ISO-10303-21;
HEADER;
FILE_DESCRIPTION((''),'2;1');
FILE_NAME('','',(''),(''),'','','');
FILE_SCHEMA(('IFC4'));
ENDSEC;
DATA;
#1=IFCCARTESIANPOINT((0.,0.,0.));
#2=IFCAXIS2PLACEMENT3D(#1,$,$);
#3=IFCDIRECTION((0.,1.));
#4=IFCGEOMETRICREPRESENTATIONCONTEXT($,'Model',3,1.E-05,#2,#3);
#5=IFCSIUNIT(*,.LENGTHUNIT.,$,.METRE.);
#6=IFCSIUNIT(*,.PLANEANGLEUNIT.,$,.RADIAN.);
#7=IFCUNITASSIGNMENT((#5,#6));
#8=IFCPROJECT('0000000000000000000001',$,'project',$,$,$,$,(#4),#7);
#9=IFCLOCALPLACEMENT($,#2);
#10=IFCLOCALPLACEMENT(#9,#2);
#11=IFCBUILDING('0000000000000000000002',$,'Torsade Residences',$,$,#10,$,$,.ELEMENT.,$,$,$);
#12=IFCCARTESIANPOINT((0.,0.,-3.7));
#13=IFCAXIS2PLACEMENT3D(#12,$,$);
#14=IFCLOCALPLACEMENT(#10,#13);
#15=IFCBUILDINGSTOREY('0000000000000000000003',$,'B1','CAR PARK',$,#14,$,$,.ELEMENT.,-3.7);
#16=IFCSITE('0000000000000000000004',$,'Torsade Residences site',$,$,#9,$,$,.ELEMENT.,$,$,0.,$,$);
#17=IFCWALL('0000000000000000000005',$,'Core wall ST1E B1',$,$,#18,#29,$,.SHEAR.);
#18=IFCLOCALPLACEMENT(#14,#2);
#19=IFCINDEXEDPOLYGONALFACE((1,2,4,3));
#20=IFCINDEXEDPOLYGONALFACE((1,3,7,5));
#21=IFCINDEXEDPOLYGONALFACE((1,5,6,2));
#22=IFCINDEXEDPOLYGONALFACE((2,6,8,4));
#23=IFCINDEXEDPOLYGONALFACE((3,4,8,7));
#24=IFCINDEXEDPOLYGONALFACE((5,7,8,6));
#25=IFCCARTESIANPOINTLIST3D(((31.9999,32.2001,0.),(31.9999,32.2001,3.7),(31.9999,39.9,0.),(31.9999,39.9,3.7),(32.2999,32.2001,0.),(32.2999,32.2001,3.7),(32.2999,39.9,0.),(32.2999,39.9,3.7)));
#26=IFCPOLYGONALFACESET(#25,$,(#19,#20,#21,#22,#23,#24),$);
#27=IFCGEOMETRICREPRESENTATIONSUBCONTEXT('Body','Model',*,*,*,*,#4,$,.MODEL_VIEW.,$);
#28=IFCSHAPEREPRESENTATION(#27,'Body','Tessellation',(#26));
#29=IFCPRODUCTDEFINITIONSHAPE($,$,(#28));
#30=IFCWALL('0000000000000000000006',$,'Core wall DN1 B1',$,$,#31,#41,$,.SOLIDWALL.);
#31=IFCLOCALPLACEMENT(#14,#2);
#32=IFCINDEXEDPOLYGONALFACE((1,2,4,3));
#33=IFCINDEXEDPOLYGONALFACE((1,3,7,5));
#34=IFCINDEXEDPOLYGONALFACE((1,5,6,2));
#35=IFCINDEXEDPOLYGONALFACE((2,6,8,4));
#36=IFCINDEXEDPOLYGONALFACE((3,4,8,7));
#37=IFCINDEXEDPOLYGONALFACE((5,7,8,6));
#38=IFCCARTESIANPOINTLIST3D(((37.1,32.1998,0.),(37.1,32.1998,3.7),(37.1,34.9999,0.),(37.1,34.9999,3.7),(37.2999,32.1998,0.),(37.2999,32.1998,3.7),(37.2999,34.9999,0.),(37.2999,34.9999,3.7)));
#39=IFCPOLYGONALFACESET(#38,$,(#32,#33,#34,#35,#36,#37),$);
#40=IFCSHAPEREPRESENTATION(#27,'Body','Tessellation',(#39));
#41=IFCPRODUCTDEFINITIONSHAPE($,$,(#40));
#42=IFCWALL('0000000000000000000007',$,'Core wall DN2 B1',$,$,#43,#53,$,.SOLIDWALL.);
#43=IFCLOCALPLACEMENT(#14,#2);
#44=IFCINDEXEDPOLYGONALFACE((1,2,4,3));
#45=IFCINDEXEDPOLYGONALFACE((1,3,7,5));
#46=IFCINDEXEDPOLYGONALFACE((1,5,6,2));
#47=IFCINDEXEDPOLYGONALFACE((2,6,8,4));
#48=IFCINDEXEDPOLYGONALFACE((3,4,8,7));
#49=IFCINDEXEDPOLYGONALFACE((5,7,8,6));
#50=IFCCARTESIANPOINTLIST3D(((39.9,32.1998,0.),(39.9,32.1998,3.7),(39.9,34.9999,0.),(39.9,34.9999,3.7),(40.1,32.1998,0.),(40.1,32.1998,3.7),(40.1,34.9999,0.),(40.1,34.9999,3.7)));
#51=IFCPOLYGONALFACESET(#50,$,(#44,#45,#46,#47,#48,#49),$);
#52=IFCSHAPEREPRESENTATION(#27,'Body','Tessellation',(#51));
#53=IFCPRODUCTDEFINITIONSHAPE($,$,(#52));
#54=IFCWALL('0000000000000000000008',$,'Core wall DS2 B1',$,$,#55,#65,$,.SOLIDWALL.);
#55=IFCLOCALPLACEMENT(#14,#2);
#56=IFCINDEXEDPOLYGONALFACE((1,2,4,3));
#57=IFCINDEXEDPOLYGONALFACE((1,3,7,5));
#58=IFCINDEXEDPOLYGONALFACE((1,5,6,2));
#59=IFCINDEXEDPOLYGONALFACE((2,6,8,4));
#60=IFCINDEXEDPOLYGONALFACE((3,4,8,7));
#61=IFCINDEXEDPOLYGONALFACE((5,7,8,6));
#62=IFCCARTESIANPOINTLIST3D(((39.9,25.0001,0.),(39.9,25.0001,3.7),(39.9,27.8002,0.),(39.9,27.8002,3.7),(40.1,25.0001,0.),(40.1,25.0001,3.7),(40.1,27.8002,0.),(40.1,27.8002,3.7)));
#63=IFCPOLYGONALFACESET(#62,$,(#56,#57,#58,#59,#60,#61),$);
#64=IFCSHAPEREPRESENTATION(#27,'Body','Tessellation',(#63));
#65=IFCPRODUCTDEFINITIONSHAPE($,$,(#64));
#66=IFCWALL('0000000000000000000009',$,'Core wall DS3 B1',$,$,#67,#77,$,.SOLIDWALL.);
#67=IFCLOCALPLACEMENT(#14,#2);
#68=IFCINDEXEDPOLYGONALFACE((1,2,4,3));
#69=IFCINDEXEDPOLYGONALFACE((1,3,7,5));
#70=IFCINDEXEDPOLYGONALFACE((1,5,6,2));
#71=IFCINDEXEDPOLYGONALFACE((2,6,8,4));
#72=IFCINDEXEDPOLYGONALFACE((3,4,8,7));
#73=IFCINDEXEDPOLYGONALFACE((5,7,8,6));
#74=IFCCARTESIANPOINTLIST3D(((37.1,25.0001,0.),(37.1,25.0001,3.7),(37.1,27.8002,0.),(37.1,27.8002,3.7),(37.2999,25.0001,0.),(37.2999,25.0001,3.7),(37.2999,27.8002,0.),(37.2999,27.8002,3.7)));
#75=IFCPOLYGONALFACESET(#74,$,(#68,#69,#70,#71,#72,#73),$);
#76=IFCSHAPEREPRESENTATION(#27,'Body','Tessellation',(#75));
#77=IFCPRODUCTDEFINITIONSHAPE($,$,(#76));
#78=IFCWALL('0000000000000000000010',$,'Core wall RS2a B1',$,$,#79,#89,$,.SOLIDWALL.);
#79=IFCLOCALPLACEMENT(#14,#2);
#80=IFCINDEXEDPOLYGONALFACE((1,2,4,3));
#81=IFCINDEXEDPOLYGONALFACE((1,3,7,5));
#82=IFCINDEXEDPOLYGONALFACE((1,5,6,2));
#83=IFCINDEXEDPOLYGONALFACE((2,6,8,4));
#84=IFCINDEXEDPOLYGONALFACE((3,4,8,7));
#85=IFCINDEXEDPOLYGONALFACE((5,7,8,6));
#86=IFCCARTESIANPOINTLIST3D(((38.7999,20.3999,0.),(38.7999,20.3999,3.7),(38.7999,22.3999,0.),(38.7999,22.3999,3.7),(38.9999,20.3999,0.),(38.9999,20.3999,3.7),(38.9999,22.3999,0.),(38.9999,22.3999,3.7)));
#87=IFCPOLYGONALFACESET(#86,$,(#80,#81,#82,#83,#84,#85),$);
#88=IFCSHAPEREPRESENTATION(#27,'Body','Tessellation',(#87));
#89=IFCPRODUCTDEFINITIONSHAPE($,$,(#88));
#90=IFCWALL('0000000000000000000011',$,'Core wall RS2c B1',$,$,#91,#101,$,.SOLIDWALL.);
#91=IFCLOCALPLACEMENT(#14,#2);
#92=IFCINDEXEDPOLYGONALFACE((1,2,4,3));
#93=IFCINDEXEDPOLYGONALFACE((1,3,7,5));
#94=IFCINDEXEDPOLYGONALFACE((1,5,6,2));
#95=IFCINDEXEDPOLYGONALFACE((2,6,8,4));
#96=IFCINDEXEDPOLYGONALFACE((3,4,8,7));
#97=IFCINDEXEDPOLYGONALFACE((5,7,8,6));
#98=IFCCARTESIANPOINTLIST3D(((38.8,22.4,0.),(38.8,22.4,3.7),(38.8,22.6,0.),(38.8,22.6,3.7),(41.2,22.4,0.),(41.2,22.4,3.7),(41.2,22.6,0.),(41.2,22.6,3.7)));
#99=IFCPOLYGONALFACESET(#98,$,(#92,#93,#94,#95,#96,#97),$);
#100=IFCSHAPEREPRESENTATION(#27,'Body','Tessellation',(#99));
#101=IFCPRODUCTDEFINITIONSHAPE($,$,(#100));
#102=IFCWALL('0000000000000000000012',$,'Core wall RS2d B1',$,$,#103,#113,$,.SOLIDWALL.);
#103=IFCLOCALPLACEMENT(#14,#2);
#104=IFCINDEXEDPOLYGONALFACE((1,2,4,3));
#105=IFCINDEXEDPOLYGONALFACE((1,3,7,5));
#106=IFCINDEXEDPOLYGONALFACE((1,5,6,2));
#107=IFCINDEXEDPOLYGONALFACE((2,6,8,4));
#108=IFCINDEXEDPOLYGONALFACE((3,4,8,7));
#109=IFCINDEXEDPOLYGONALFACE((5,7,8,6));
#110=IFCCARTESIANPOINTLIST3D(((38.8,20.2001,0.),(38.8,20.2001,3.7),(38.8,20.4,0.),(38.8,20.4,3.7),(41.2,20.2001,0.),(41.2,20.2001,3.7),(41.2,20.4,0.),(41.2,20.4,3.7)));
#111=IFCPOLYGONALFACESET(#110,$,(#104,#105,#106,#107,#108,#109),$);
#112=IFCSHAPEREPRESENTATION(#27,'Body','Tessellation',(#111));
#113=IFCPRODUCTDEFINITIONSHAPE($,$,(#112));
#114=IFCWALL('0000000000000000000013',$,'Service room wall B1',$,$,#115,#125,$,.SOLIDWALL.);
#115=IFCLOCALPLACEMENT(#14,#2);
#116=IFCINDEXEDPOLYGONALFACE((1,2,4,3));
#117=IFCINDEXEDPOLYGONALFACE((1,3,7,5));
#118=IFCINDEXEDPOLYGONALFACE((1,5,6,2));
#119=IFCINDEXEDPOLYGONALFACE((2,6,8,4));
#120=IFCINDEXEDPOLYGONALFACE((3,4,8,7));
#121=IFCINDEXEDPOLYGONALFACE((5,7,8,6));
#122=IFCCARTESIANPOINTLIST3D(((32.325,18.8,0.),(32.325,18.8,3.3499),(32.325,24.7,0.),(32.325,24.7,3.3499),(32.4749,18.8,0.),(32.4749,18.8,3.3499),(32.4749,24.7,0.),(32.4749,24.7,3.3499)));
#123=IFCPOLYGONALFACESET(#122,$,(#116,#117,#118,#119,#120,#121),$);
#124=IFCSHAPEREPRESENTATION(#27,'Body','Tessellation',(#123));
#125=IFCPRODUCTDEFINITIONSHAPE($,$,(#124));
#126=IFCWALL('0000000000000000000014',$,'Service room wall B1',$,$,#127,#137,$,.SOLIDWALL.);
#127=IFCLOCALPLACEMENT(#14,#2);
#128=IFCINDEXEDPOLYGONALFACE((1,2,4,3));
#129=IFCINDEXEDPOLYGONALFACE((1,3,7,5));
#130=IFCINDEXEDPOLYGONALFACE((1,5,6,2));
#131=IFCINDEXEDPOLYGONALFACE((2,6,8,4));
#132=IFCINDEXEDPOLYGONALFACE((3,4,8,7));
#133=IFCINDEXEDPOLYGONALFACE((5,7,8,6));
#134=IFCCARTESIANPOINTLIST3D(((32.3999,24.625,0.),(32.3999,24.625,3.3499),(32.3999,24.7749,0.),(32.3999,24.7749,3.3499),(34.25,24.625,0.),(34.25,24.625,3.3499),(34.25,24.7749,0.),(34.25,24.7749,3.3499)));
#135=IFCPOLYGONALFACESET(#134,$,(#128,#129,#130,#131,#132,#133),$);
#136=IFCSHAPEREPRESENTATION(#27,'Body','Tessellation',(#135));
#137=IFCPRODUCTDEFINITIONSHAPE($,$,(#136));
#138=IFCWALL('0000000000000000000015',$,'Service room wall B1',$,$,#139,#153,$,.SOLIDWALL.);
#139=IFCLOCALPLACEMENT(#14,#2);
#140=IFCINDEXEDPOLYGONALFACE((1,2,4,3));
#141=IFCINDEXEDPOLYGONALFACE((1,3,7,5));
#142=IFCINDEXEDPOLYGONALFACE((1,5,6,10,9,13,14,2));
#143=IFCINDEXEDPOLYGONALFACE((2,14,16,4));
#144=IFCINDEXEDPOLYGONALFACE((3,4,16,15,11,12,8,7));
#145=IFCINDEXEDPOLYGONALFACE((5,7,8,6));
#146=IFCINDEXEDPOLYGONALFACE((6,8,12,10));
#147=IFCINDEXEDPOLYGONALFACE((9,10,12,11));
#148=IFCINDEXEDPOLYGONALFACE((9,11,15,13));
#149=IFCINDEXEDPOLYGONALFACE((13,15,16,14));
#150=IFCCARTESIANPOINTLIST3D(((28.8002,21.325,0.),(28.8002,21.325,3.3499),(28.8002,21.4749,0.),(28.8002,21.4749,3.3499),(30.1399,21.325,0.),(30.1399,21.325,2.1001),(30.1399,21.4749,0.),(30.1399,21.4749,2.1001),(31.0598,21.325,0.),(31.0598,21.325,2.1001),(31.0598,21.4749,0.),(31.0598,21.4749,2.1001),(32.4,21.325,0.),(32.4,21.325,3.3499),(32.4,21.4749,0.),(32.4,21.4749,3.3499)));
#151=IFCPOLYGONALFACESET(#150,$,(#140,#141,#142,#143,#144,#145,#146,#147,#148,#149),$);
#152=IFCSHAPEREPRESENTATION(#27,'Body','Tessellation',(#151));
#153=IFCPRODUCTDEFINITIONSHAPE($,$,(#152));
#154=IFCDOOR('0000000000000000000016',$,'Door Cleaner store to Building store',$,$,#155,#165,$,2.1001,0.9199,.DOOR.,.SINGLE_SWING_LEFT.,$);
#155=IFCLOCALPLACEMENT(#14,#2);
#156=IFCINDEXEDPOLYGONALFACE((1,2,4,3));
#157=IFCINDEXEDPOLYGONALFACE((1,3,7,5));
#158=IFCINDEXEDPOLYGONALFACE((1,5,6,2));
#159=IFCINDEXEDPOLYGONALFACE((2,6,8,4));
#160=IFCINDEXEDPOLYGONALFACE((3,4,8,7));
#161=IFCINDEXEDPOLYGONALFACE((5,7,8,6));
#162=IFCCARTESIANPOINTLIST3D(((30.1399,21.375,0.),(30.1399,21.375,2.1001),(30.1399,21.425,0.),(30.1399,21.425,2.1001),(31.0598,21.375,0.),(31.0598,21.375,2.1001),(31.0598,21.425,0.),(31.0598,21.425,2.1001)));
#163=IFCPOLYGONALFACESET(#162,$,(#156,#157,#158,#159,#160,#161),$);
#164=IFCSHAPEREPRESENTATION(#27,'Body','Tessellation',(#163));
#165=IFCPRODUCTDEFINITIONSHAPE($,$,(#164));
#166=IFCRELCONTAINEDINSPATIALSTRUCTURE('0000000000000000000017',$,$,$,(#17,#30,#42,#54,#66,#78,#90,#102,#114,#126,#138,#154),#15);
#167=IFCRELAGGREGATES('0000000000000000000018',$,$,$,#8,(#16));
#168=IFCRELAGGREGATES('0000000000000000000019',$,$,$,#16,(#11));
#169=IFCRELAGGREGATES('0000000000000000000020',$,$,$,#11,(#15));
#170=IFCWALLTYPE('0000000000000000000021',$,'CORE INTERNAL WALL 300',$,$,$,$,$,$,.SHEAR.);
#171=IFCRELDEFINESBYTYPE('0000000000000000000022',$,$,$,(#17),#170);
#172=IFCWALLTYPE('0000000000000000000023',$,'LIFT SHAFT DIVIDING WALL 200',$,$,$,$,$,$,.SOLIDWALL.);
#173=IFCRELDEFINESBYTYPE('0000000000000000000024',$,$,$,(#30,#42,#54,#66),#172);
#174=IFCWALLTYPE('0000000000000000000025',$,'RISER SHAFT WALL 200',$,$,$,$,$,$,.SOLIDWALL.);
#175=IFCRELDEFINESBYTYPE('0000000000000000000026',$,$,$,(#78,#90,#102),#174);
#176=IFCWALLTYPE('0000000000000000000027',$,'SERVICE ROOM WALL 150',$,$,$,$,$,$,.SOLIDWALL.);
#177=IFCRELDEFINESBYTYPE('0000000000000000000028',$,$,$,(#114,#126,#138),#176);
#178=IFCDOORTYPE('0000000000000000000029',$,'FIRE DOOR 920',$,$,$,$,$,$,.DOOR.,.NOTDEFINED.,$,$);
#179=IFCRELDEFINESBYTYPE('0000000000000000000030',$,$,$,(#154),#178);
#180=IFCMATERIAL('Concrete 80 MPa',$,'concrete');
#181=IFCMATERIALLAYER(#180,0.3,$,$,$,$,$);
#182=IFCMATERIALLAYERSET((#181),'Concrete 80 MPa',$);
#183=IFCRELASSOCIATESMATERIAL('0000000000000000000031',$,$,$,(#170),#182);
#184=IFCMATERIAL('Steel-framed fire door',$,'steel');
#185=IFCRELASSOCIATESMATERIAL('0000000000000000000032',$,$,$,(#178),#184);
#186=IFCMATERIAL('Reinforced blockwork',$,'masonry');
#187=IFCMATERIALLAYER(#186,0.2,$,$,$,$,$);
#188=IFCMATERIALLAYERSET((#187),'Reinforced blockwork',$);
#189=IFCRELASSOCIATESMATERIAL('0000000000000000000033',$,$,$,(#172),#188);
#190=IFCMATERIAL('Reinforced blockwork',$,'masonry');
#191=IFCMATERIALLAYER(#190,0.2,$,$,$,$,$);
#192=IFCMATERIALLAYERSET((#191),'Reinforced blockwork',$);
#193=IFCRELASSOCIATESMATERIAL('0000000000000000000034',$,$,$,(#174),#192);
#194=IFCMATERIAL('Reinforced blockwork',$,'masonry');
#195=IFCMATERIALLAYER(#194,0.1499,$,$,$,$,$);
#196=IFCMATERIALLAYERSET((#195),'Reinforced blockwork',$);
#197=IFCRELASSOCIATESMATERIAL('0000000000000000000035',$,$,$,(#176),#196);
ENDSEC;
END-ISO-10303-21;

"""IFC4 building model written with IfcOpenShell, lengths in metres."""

from ifc_helpers import new_model, si_unit, direction, frame, frame_2d, origin, place, context, subcontext, project, spatial, rectangle, extrude, material, layer, layer_set, type_object, element, fill, save


model = new_model("IFC4")

# Units and contexts
model_context = context("Model", 3, precision=1e-05, world=origin(), true_north=direction((0.0, 1.0)))
body_context = subcontext(model_context, "Body", "Model", "MODEL_VIEW")
ifc_project = project(units=[si_unit("LENGTHUNIT", "METRE"), si_unit("PLANEANGLEUNIT", "RADIAN")], contexts=[model_context])

# Site, building, storey
site_placement = place(None, origin())
site = spatial("IfcSite", under=ifc_project, at=site_placement, Name="Torsade Residences site", CompositionType="ELEMENT", RefElevation=0.0)
building_placement = place(site_placement, origin())
building = spatial("IfcBuilding", under=site, at=building_placement, Name="Torsade Residences", CompositionType="ELEMENT")
storey_placement = place(building_placement, frame((0.0, 0.0, -3.7)))
storey = spatial("IfcBuildingStorey", under=building, at=storey_placement, Name="B1", Description="CAR PARK", CompositionType="ELEMENT", Elevation=-3.7)

# Shared definitions
ifc_material_1 = material(Name="Concrete 80 MPa", Category="concrete")
ifc_layer_1 = layer(ifc_material_1, 0.3)
ifc_layer_set_1 = layer_set([ifc_layer_1], Name="Concrete 80 MPa")
wall_type_1 = type_object("IfcWallType", Name="CORE INTERNAL WALL 300", PredefinedType="SHEAR", material=ifc_layer_set_1)
ifc_material_2 = material(Name="Steel-framed fire door", Category="steel")
door_type_1 = type_object("IfcDoorType", Name="FIRE DOOR 920", OperationType="NOTDEFINED", PredefinedType="DOOR", material=ifc_material_2)

# Walls
wall_1_placement = place(storey_placement, frame((32.1499, 32.2, 0.0), z_axis=(0.0, 0.0, 1.0), x_axis=(0.0, 1.0, 0.0)))
element("IfcWall", 1, at=wall_1_placement, inside=storey, type_object=wall_type_1, Name="Core wall ST1E B1", PredefinedType="SHEAR", context=body_context, shape_type="SweptSolid", body=[
    extrude(rectangle(XDim=7.7, YDim=0.3, at=frame_2d((3.8501, 0.0))), origin(), (0.0, 0.0, 1.0), 3.7),
])
ifc_material_3 = material(Name="Reinforced blockwork", Category="masonry")
ifc_layer_2 = layer(ifc_material_3, 0.2)
ifc_layer_set_2 = layer_set([ifc_layer_2], Name="Reinforced blockwork")
wall_type_2 = type_object("IfcWallType", Name="LIFT SHAFT DIVIDING WALL 200", PredefinedType="SOLIDWALL", material=ifc_layer_set_2)
for number, where, z_axis, x_axis, name in (
    (2, (37.2, 32.2, 0.0), (0.0, 0.0, 1.0), (0.0, 1.0, 0.0), "Core wall DN1 B1"),
    (3, (40.0, 32.2, 0.0), (0.0, 0.0, 1.0), (0.0, 1.0, 0.0), "Core wall DN2 B1"),
    (4, (40.0, 27.8, 0.0), (0.0, 0.0, 1.0), (0.0, -1.0, 0.0), "Core wall DS2 B1"),
    (5, (37.2, 27.8, 0.0), (0.0, 0.0, 1.0), (0.0, -1.0, 0.0), "Core wall DS3 B1"),
):
    element("IfcWall", number, at=place(storey_placement, frame(where, z_axis=z_axis, x_axis=x_axis)), inside=storey, type_object=wall_type_2, Name=name, PredefinedType="SOLIDWALL", context=body_context, shape_type="SweptSolid", body=[
        extrude(rectangle(XDim=2.8, YDim=0.2, at=frame_2d((1.3999, 0.0))), origin(), (0.0, 0.0, 1.0), 3.7),
    ])
ifc_material_4 = material(Name="Reinforced blockwork", Category="masonry")
ifc_layer_3 = layer(ifc_material_4, 0.2)
ifc_layer_set_3 = layer_set([ifc_layer_3], Name="Reinforced blockwork")
wall_type_3 = type_object("IfcWallType", Name="RISER SHAFT WALL 200", PredefinedType="SOLIDWALL", material=ifc_layer_set_3)
wall_2_placement = place(storey_placement, frame((38.8999, 22.3999, 0.0), z_axis=(0.0, 0.0, 1.0), x_axis=(0.0, -1.0, 0.0)))
element("IfcWall", 6, at=wall_2_placement, inside=storey, type_object=wall_type_3, Name="Core wall RS2a B1", PredefinedType="SOLIDWALL", context=body_context, shape_type="SweptSolid", body=[
    extrude(rectangle(XDim=2.0, YDim=0.2, at=frame_2d((1.0, 0.0))), origin(), (0.0, 0.0, 1.0), 3.7),
])
for number, where, z_axis, x_axis, name in (
    (7, (38.8, 22.5, 0.0), (0.0, 0.0, 1.0), (1.0, 0.0, 0.0), "Core wall RS2c B1"),
    (8, (38.8, 20.3, 0.0), (0.0, 0.0, 1.0), (1.0, 0.0, 0.0), "Core wall RS2d B1"),
):
    element("IfcWall", number, at=place(storey_placement, frame(where, z_axis=z_axis, x_axis=x_axis)), inside=storey, type_object=wall_type_3, Name=name, PredefinedType="SOLIDWALL", context=body_context, shape_type="SweptSolid", body=[
        extrude(rectangle(XDim=2.3999, YDim=0.2, at=frame_2d((1.2, 0.0))), origin(), (0.0, 0.0, 1.0), 3.7),
    ])
ifc_material_5 = material(Name="Reinforced blockwork", Category="masonry")
ifc_layer_4 = layer(ifc_material_5, 0.1499)
ifc_layer_set_4 = layer_set([ifc_layer_4], Name="Reinforced blockwork")
wall_type_4 = type_object("IfcWallType", Name="SERVICE ROOM WALL 150", PredefinedType="SOLIDWALL", material=ifc_layer_set_4)
wall_3_placement = place(storey_placement, frame((32.3999, 18.8, 0.0), z_axis=(0.0, 0.0, 1.0), x_axis=(0.0, 1.0, 0.0)))
element("IfcWall", 9, at=wall_3_placement, inside=storey, type_object=wall_type_4, Name="Service room wall B1", PredefinedType="SOLIDWALL", context=body_context, shape_type="SweptSolid", body=[
    extrude(rectangle(XDim=5.8999, YDim=0.1499, at=frame_2d((2.95, 0.0))), origin(), (0.0, 0.0, 1.0), 3.3499),
])
wall_4_placement = place(storey_placement, frame((32.3999, 24.7, 0.0), z_axis=(0.0, 0.0, 1.0), x_axis=(1.0, 0.0, 0.0)))
element("IfcWall", 10, at=wall_4_placement, inside=storey, type_object=wall_type_4, Name="Service room wall B1", PredefinedType="SOLIDWALL", context=body_context, shape_type="SweptSolid", body=[
    extrude(rectangle(XDim=1.8501, YDim=0.1499, at=frame_2d((0.925, 0.0))), origin(), (0.0, 0.0, 1.0), 3.3499),
])

# Wall, opening, door
wall_5_placement = place(storey_placement, frame((32.3999, 21.3999, 0.0), z_axis=(0.0, 0.0, 1.0), x_axis=(-1.0, 0.0, 0.0)))
wall_5 = element("IfcWall", 11, at=wall_5_placement, inside=storey, type_object=wall_type_4, Name="Service room wall B1", PredefinedType="SOLIDWALL", context=body_context, shape_type="SweptSolid", body=[
    extrude(rectangle(XDim=3.5999, YDim=0.1499, at=frame_2d((1.7998, 0.0))), origin(), (0.0, 0.0, 1.0), 3.3499),
])
opening_1_placement = place(wall_5_placement, frame((1.3401, 0.0, 0.0)))
opening_1 = element("IfcOpeningElement", 12, at=opening_1_placement, cuts=wall_5, PredefinedType="OPENING", context=body_context, shape_type="SweptSolid", body=[
    extrude(rectangle(XDim=0.9199, YDim=2.1001, at=frame_2d((0.46, 1.05))), frame((0.0, 0.085, 0.0), z_axis=(0.0, -1.0, 0.0), x_axis=(1.0, 0.0, 0.0)), (0.0, 0.0, 1.0), 0.1699),
])
door_1_placement = place(opening_1_placement, origin())
door_1 = element("IfcDoor", 13, at=door_1_placement, inside=storey, type_object=door_type_1, Name="Door Cleaner store to Building store", OperationType="SINGLE_SWING_LEFT", OverallHeight=2.1001, OverallWidth=0.9199, PredefinedType="DOOR", context=body_context, shape_type="SweptSolid", body=[
    extrude(rectangle(XDim=0.9199, YDim=2.1001, at=frame_2d((0.46, 1.05))), frame((0.0, 0.0249, 0.0), z_axis=(0.0, -1.0, 0.0), x_axis=(1.0, 0.0, 0.0)), (0.0, 0.0, 1.0), 0.05),
])
fill(opening_1, door_1)

save(model, "model.ifc")
